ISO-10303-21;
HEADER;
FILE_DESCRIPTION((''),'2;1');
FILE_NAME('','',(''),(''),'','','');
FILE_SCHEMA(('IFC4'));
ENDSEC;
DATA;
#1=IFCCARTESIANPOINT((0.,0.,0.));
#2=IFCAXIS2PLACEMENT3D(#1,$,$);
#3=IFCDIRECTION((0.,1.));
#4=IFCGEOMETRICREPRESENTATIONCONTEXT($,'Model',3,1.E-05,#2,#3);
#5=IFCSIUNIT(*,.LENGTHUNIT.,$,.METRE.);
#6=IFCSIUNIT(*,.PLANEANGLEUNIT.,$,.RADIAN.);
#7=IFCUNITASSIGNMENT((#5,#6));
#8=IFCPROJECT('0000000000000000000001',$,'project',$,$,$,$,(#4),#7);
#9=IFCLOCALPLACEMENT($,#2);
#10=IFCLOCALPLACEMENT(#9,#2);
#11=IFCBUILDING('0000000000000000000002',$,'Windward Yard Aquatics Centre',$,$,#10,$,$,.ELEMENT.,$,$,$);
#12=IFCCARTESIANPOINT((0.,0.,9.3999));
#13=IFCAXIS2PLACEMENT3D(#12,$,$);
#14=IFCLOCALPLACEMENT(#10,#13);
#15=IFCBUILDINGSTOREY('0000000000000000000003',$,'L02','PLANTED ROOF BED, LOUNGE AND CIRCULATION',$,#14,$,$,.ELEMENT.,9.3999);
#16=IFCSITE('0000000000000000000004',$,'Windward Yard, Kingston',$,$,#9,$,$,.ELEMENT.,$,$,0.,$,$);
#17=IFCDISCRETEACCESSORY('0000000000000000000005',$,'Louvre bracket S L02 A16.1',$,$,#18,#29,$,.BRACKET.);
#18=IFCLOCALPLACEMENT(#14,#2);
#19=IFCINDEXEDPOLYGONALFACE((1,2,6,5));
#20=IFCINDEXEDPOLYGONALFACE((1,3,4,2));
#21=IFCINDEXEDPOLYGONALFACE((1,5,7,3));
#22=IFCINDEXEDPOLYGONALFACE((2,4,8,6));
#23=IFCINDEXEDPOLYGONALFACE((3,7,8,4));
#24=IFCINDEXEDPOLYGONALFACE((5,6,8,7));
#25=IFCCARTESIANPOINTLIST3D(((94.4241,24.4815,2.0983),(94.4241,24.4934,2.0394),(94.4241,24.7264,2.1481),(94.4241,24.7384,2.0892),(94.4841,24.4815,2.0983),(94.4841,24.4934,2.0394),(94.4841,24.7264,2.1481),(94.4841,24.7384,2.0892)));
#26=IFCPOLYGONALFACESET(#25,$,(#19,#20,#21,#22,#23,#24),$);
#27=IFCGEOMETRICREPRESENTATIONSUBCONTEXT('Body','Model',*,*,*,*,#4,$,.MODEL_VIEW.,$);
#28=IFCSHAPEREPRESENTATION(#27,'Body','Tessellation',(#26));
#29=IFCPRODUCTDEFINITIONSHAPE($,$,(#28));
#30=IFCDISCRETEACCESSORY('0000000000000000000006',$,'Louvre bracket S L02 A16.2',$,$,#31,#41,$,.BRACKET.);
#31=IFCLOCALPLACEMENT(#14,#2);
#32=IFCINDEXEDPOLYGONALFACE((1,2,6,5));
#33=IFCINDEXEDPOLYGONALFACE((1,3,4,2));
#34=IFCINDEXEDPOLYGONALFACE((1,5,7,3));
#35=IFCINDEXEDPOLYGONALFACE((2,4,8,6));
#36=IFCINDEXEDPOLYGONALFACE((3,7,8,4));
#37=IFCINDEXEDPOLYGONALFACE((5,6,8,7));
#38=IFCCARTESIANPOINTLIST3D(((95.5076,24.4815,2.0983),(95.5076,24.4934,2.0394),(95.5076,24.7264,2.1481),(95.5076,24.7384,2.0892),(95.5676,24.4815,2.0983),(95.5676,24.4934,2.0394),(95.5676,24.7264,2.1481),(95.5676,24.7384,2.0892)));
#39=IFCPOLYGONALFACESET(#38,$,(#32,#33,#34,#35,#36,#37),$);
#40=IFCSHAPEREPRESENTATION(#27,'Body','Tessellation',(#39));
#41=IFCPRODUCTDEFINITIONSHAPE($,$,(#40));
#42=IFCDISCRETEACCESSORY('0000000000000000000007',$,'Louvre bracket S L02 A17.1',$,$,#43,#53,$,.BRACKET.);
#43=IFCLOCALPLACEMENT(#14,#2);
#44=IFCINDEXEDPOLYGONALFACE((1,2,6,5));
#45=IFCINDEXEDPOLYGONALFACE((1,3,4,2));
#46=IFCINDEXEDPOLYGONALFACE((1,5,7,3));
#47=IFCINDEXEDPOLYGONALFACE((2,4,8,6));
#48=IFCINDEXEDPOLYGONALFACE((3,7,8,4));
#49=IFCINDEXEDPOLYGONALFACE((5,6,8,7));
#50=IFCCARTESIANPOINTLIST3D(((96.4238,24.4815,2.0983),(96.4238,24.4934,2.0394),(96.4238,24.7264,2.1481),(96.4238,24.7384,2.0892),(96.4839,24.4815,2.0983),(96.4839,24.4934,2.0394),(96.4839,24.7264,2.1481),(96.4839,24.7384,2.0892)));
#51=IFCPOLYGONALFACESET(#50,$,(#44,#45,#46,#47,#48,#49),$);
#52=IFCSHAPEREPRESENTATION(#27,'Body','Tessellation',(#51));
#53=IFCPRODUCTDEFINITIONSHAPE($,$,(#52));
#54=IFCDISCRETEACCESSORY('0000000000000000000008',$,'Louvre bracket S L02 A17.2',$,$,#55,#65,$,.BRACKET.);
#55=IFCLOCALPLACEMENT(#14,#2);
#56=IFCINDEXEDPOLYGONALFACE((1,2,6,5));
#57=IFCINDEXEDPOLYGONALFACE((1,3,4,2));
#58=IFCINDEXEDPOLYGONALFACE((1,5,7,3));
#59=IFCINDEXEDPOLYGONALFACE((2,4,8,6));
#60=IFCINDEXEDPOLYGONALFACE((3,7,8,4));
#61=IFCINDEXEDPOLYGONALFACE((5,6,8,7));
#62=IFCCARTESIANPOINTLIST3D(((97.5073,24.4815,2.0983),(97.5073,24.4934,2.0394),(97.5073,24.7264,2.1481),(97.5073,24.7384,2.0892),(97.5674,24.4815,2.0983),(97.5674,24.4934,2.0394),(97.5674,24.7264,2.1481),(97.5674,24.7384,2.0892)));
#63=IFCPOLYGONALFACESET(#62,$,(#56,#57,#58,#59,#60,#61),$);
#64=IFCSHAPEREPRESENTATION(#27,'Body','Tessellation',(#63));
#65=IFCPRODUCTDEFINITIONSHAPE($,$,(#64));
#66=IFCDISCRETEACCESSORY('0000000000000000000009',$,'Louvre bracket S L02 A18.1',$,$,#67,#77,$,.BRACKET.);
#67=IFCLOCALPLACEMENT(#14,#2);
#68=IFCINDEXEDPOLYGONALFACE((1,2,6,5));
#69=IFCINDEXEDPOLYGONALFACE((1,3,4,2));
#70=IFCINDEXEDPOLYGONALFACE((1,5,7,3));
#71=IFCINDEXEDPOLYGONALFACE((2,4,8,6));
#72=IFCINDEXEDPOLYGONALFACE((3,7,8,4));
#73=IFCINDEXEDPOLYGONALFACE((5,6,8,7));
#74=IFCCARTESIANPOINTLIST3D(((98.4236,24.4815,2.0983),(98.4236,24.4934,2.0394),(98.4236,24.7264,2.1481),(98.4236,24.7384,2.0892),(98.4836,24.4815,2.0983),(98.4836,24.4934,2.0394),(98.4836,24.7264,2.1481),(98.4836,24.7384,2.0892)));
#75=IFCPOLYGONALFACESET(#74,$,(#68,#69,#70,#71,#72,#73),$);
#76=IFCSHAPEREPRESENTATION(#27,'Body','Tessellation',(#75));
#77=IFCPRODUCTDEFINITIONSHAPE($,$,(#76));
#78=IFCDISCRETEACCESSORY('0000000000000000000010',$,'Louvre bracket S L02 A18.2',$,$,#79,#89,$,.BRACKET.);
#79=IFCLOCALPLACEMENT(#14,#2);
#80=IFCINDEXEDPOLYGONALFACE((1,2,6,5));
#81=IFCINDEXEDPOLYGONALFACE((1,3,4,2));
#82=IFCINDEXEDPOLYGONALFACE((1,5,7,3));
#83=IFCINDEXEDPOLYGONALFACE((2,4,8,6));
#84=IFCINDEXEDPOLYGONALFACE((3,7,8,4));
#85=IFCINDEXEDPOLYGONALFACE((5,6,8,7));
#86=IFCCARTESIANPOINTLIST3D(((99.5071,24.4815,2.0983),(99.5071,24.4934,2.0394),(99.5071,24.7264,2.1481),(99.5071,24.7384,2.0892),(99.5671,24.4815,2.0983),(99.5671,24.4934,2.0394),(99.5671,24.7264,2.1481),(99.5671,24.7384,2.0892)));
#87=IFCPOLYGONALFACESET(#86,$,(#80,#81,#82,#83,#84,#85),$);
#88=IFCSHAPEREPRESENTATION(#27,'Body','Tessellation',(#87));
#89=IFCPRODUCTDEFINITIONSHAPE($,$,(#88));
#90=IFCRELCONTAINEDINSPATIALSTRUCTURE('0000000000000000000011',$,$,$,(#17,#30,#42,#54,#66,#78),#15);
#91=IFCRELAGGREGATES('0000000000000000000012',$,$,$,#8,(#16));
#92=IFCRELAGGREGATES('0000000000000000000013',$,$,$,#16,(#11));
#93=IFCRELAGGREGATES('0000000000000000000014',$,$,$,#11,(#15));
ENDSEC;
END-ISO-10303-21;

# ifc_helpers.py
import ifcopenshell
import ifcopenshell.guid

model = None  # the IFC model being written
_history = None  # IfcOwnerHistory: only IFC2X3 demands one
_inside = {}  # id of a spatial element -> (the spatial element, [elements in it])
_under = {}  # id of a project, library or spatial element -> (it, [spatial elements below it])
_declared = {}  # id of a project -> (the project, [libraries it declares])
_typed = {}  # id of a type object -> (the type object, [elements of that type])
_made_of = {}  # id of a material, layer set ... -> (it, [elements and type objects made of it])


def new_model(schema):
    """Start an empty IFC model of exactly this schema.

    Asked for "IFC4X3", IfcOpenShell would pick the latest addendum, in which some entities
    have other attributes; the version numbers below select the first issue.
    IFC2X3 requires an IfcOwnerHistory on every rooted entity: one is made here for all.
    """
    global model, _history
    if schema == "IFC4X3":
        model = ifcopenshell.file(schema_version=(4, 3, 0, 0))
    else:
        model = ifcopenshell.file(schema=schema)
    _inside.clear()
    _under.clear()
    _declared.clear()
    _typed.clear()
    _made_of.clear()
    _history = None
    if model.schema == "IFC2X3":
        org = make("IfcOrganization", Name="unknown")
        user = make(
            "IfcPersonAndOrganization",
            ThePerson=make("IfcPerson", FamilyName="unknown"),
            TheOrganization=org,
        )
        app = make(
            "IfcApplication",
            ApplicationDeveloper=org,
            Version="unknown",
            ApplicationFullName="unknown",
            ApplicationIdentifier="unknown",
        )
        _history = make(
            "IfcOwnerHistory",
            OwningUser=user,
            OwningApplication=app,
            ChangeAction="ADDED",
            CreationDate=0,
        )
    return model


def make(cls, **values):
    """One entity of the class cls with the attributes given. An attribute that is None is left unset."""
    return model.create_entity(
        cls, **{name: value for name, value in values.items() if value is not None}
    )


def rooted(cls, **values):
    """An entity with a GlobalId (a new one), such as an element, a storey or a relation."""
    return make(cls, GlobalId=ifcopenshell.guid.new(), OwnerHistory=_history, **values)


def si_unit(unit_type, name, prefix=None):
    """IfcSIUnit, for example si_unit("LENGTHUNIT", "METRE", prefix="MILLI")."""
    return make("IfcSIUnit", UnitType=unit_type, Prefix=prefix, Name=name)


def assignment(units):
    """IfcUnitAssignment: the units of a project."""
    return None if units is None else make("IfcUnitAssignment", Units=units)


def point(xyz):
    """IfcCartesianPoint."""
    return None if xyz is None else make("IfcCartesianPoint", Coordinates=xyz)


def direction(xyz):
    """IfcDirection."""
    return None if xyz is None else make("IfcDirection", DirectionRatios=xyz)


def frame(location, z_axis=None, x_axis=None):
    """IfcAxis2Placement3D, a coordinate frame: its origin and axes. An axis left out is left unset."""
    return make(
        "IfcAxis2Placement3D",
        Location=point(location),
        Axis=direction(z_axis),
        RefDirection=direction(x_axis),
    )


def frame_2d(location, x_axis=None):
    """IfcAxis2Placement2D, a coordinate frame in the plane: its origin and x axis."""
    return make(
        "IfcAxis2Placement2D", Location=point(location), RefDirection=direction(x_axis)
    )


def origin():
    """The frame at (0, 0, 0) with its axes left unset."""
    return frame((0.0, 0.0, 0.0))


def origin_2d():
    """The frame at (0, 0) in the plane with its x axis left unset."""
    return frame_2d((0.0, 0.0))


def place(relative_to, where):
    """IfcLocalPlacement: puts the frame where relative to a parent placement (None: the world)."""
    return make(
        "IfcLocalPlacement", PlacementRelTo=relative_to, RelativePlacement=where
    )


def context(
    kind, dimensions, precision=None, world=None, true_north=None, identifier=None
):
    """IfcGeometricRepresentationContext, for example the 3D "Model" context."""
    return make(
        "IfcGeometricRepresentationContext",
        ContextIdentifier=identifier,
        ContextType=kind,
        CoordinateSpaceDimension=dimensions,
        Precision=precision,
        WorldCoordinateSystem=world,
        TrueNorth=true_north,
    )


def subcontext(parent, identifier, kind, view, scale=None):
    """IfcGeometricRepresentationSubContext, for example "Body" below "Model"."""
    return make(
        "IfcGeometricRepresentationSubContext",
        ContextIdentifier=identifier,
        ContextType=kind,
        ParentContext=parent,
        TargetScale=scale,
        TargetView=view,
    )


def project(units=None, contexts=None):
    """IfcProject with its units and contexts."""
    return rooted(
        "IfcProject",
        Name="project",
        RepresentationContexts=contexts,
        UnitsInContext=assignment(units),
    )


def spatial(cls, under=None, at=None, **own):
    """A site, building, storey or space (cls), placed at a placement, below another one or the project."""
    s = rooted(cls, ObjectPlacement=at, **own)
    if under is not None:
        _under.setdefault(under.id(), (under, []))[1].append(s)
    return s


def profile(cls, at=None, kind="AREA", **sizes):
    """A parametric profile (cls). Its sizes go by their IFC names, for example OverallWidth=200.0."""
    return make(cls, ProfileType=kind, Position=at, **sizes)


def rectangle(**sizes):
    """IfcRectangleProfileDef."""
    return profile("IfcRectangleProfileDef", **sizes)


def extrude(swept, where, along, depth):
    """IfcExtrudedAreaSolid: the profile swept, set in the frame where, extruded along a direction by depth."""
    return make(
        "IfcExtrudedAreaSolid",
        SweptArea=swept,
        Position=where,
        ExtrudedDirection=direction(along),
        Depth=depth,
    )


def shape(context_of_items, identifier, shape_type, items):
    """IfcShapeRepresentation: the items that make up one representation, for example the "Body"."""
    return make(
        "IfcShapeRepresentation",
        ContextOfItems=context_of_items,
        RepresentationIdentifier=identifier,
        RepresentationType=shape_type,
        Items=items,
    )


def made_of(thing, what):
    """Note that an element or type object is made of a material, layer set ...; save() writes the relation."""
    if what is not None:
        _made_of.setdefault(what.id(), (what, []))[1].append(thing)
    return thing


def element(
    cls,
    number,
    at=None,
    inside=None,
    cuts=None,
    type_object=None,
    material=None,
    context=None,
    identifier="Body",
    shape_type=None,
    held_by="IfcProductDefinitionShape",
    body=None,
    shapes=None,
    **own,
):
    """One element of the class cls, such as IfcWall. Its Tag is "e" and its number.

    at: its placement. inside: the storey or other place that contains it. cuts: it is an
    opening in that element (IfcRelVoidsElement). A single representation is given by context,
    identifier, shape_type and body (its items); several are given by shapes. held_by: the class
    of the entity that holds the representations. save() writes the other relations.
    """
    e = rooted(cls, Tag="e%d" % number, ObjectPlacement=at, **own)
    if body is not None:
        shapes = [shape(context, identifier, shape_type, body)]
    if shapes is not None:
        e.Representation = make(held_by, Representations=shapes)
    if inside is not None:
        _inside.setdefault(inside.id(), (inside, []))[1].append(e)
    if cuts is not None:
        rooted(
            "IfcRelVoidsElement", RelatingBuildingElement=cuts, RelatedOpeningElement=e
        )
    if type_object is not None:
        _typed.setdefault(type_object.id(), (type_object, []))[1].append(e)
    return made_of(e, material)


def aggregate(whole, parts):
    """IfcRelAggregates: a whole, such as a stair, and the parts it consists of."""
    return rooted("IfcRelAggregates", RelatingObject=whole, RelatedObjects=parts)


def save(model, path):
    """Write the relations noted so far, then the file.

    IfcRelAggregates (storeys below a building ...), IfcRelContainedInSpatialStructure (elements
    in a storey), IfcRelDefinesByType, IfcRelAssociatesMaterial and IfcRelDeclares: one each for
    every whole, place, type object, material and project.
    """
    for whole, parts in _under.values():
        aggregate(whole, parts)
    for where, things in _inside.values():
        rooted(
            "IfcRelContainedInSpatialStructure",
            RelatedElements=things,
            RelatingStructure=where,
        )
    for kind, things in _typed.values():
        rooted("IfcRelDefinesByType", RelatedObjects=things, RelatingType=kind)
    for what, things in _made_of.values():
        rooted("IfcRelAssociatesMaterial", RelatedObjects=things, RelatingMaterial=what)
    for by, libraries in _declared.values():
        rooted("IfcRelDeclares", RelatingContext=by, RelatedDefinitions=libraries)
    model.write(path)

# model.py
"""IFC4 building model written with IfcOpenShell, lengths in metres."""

from ifc_helpers import new_model, si_unit, direction, frame, origin, origin_2d, place, context, subcontext, project, spatial, rectangle, extrude, element, save


model = new_model("IFC4")

# Units and contexts
model_context = context("Model", 3, precision=1e-05, world=origin(), true_north=direction((0.0, 1.0)))
body_context = subcontext(model_context, "Body", "Model", "MODEL_VIEW")
ifc_project = project(units=[si_unit("LENGTHUNIT", "METRE"), si_unit("PLANEANGLEUNIT", "RADIAN")], contexts=[model_context])

# Site, building, storey
site_placement = place(None, origin())
site = spatial("IfcSite", under=ifc_project, at=site_placement, Name="Windward Yard, Kingston", CompositionType="ELEMENT", RefElevation=0.0)
building_placement = place(site_placement, origin())
building = spatial("IfcBuilding", under=site, at=building_placement, Name="Windward Yard Aquatics Centre", CompositionType="ELEMENT")
storey_placement = place(building_placement, frame((0.0, 0.0, 9.3999)))
storey = spatial("IfcBuildingStorey", under=building, at=storey_placement, Name="L02", Description="PLANTED ROOF BED, LOUNGE AND CIRCULATION", CompositionType="ELEMENT", Elevation=9.3999)

# Discrete accessories
for number, where, z_axis, x_axis, name in (
    (1, (94.4541, 24.7324, 2.1187), (0.0, -0.979937, -0.199309), (1.0, 0.0, 0.0), "Louvre bracket S L02 A16.1"),
    (2, (95.5376, 24.7324, 2.1187), (0.0, -0.979937, -0.199309), (1.0, 0.0, 0.0), "Louvre bracket S L02 A16.2"),
    (3, (96.4539, 24.7324, 2.1187), (0.0, -0.979937, -0.199309), (1.0, 0.0, 0.0), "Louvre bracket S L02 A17.1"),
    (4, (97.5374, 24.7324, 2.1187), (0.0, -0.979937, -0.199309), (1.0, 0.0, 0.0), "Louvre bracket S L02 A17.2"),
    (5, (98.4536, 24.7324, 2.1187), (0.0, -0.979937, -0.199309), (1.0, 0.0, 0.0), "Louvre bracket S L02 A18.1"),
    (6, (99.5371, 24.7324, 2.1187), (0.0, -0.979937, -0.199309), (1.0, 0.0, 0.0), "Louvre bracket S L02 A18.2"),
):
    element("IfcDiscreteAccessory", number, at=place(storey_placement, frame(where, z_axis=z_axis, x_axis=x_axis)), inside=storey, Name=name, PredefinedType="BRACKET", context=body_context, shape_type="SweptSolid", body=[
        extrude(rectangle(XDim=0.0601, YDim=0.0601, at=origin_2d()), origin(), (0.0, 0.0, 1.0), 0.25),
    ])

save(model, "model.ifc")
